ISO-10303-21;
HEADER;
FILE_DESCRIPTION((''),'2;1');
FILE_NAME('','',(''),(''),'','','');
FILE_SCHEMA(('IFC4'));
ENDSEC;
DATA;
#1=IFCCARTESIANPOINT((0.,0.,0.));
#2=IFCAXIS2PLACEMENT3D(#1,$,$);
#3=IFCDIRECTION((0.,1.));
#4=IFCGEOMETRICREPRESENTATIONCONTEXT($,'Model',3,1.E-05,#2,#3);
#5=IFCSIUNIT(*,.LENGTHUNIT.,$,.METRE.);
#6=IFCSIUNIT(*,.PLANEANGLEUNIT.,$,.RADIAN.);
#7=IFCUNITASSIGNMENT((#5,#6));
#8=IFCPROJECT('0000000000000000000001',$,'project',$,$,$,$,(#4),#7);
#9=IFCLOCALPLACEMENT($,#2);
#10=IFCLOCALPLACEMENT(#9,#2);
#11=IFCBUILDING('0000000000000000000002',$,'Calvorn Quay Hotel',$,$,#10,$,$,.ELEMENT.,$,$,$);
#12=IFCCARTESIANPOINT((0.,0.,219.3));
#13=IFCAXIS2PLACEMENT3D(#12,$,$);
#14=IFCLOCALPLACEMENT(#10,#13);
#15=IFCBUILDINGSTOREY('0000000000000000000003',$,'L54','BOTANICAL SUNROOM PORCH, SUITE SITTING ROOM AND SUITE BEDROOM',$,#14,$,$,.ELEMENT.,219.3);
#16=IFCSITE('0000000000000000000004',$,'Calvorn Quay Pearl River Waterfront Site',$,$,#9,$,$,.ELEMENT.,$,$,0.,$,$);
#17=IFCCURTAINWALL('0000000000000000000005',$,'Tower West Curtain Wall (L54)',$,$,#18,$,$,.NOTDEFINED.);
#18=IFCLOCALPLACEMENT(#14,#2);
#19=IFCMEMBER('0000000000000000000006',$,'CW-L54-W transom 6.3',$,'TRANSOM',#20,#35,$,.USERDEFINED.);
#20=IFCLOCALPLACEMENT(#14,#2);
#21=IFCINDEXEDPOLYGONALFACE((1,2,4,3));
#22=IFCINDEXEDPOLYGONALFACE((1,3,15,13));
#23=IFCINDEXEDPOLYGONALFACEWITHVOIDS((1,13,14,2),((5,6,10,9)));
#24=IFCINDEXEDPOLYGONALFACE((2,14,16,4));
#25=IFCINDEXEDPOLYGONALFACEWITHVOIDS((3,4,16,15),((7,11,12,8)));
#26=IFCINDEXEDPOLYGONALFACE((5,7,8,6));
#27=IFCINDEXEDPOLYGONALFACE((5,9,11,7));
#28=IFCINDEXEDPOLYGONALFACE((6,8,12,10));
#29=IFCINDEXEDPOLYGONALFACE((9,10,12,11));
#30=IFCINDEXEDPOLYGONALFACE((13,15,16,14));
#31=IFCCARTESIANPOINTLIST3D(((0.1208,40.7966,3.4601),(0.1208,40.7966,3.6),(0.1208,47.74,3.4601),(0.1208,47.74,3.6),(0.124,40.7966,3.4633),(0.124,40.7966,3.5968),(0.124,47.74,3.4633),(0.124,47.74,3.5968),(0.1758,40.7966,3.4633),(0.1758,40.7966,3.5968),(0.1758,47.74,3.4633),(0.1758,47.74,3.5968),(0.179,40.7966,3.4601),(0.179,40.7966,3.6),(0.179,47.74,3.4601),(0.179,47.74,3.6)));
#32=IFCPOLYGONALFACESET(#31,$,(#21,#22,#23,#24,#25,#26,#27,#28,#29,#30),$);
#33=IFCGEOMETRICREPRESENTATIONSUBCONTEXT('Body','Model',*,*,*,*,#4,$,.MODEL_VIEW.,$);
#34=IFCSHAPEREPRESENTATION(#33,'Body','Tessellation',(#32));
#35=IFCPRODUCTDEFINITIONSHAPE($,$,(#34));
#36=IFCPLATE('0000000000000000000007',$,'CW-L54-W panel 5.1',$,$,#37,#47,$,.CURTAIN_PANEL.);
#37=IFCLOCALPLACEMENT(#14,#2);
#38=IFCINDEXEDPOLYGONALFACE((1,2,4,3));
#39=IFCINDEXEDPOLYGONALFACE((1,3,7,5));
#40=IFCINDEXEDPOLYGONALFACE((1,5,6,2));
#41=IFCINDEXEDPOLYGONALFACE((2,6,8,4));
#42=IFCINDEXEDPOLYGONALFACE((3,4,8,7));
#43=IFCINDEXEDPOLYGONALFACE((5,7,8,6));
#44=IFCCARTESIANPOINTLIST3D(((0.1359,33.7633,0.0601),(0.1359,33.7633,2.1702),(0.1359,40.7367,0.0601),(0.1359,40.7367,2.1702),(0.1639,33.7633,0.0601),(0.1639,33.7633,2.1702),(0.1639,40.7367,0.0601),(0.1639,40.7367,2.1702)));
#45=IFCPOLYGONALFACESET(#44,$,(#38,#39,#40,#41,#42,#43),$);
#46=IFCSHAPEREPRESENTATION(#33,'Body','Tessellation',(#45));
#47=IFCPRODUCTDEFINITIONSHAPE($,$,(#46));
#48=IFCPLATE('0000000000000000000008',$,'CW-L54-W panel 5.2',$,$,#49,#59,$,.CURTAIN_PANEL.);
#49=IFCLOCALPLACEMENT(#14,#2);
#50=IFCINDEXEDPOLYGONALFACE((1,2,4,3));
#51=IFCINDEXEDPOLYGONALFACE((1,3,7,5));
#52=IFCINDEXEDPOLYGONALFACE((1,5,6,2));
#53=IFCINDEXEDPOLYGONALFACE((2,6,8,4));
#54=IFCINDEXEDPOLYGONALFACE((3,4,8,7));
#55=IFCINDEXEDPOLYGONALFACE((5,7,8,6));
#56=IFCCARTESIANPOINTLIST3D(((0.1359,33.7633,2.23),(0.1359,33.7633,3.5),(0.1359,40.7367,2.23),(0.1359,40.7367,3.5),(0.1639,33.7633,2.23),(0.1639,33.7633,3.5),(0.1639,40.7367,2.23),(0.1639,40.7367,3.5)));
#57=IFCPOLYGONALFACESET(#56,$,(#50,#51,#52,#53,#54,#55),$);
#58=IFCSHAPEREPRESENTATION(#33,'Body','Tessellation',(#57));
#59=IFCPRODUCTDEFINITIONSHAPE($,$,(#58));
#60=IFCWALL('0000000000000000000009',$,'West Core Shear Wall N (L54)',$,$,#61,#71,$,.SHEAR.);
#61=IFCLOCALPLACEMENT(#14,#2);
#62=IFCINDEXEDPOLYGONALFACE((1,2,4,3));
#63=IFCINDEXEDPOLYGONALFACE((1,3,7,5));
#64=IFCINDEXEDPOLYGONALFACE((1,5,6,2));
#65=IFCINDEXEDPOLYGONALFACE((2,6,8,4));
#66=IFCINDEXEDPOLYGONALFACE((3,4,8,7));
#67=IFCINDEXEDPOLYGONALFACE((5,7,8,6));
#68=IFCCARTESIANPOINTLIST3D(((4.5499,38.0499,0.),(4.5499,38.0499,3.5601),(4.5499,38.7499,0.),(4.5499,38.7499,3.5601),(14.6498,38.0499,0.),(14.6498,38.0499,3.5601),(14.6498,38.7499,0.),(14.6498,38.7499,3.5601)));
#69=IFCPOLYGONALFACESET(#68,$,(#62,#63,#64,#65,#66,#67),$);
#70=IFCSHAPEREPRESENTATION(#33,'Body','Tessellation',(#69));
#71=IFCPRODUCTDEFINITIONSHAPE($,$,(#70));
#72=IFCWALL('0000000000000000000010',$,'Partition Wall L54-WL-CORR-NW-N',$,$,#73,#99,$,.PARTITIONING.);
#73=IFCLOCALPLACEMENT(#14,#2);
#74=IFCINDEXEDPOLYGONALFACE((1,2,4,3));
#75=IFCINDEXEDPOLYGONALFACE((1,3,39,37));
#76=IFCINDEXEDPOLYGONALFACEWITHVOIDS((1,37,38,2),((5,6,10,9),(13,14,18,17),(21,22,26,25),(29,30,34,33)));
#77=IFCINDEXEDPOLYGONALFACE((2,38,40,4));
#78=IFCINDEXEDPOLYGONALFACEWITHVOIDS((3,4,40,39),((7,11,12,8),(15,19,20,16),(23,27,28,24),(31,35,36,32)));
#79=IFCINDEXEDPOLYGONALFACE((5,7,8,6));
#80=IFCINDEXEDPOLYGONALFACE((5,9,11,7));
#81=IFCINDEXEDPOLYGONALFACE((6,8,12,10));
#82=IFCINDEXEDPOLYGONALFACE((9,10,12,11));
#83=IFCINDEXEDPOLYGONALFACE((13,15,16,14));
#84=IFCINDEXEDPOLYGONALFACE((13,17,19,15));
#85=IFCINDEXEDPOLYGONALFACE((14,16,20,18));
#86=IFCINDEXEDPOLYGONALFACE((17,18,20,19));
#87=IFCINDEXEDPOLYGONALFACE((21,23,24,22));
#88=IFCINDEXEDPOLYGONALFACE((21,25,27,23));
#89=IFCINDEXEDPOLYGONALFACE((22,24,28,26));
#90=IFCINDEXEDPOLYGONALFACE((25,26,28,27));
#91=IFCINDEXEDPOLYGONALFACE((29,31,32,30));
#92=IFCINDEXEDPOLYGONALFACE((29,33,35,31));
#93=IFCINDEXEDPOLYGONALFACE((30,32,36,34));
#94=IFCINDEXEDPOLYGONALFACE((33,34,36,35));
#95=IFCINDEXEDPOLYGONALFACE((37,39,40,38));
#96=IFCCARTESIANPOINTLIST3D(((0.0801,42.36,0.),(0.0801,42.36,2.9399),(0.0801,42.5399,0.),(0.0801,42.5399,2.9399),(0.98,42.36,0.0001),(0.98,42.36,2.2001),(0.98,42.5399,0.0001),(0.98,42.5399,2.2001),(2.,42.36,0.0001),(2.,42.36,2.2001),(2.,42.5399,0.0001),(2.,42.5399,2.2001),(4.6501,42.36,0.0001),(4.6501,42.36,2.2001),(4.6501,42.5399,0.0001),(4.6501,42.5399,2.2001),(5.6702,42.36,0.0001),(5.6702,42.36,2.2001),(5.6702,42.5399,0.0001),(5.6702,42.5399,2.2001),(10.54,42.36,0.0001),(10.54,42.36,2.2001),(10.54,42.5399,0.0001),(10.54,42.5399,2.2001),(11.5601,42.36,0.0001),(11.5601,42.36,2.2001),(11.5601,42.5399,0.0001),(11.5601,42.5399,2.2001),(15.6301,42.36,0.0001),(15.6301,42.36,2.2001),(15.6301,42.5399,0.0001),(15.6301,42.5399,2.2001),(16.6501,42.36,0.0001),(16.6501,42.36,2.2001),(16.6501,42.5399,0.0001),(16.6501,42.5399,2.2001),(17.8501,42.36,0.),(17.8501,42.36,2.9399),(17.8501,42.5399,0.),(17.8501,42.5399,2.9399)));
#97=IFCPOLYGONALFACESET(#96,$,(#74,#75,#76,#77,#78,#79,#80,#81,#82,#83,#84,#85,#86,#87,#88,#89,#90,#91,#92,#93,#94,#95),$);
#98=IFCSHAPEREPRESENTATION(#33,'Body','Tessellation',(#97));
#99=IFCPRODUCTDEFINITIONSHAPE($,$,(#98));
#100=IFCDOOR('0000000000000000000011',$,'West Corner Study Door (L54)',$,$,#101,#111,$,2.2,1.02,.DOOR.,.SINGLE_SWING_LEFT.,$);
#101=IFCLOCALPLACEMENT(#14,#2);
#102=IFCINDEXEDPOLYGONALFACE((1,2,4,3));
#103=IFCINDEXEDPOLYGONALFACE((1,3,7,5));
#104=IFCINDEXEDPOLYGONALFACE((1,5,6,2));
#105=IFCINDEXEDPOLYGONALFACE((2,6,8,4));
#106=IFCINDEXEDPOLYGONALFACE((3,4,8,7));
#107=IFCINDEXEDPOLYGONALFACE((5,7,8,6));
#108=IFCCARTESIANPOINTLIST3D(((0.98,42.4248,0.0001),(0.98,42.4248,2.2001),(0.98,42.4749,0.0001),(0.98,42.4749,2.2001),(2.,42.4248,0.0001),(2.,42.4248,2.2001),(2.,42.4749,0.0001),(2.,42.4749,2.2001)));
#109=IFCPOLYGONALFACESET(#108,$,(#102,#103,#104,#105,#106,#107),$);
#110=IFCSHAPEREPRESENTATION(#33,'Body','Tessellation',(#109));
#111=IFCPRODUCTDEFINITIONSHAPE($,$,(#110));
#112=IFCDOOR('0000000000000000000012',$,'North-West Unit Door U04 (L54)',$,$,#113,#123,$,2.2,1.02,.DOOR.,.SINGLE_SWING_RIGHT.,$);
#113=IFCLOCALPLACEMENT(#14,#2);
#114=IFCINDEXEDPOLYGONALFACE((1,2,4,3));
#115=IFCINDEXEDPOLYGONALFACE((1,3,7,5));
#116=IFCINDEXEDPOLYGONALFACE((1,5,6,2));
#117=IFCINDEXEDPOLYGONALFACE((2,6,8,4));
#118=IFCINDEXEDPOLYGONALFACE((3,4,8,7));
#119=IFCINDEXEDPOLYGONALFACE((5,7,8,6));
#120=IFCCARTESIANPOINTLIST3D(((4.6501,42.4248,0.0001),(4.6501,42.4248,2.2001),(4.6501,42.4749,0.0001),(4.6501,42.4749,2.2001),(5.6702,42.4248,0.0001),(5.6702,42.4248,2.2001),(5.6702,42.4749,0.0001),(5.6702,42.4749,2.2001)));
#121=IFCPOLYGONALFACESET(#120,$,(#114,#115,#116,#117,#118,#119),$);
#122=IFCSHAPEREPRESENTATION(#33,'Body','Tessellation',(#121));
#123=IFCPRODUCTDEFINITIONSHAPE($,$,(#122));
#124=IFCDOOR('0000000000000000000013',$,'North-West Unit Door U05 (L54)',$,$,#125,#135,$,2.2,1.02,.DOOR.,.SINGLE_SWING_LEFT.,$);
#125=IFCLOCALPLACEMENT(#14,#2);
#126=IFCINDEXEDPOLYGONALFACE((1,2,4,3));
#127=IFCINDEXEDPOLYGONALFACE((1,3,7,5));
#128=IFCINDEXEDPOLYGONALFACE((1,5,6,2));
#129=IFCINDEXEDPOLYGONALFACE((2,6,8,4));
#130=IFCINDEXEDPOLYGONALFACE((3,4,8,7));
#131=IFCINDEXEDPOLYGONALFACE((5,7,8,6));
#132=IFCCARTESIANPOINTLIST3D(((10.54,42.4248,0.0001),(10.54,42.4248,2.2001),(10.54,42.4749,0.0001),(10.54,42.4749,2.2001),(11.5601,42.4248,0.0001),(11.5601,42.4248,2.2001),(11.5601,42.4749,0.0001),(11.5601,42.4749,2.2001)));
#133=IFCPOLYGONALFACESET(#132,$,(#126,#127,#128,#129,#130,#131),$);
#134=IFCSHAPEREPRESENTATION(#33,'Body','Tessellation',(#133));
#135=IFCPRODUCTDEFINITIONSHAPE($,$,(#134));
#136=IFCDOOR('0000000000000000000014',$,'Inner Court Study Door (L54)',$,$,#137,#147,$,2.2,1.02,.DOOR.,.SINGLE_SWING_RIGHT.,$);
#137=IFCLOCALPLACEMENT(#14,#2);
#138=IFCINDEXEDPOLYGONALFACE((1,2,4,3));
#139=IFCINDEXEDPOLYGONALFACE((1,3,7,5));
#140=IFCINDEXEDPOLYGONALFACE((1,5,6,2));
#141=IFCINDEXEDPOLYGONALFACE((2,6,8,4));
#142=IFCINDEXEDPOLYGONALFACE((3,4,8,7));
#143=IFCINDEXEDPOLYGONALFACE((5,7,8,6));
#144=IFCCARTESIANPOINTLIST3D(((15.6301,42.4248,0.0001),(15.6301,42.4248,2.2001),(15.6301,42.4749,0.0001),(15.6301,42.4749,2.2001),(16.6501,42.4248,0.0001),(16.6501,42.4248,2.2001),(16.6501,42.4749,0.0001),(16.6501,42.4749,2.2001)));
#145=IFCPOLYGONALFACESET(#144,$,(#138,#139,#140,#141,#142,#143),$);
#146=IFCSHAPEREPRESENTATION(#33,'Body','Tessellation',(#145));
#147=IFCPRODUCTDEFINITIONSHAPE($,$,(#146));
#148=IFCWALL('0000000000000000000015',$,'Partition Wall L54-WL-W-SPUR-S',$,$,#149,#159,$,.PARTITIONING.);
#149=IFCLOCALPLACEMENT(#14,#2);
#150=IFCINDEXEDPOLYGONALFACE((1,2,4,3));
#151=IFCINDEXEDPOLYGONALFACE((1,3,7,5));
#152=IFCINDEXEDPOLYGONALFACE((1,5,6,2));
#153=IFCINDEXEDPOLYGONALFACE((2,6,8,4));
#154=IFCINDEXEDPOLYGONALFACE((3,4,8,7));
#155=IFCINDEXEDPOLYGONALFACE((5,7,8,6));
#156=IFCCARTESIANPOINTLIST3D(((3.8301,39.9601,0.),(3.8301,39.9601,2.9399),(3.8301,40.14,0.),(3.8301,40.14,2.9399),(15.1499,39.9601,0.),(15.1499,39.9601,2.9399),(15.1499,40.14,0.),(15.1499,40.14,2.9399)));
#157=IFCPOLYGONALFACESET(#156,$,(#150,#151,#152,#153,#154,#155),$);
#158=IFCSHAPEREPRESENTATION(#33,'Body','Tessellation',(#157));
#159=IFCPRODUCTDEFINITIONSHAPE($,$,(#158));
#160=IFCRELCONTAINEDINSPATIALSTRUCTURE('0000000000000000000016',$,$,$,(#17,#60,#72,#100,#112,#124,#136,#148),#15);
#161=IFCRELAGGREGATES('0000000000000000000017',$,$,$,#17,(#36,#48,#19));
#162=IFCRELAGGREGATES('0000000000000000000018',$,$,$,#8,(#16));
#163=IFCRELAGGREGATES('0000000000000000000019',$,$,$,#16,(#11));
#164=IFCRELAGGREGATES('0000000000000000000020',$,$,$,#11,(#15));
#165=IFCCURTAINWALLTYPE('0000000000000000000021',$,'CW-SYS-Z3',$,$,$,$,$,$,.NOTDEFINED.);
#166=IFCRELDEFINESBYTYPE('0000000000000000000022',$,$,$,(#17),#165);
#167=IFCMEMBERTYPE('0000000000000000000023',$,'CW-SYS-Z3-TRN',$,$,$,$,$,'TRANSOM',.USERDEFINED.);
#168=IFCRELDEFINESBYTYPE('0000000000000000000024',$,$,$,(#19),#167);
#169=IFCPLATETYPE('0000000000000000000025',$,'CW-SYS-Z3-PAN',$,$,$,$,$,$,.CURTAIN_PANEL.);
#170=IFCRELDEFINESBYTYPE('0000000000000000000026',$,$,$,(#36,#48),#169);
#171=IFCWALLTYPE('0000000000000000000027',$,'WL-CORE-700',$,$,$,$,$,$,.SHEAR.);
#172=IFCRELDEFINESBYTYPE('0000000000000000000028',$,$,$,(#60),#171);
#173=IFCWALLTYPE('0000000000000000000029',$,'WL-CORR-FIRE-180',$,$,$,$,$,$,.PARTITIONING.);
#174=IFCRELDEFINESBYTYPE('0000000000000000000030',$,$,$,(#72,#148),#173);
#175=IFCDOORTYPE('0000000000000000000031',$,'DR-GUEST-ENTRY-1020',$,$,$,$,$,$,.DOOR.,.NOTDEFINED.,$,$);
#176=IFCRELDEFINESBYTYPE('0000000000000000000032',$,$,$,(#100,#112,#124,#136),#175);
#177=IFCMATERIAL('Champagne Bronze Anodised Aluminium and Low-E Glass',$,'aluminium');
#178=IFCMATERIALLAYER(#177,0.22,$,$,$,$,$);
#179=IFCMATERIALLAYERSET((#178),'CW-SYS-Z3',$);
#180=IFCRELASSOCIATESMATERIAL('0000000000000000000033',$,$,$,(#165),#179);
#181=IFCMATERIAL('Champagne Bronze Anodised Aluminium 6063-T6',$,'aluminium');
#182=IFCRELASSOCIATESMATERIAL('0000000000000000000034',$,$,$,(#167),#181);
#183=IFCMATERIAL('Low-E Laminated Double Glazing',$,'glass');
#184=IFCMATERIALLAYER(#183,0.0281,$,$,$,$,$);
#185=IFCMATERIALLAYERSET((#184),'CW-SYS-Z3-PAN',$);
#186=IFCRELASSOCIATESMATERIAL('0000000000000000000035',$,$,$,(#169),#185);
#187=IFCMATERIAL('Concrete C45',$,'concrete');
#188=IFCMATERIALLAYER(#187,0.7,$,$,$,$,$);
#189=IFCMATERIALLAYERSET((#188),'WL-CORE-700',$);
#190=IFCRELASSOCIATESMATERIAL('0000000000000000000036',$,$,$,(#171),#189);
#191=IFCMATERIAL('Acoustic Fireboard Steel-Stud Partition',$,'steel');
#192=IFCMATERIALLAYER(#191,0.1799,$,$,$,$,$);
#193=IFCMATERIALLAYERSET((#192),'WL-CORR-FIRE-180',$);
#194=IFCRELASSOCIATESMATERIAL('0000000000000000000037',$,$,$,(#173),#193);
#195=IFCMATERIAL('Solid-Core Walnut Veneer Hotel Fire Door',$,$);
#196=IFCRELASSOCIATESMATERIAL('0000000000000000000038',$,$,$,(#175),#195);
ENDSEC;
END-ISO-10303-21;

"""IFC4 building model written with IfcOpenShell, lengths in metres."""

from ifc_helpers import new_model, si_unit, direction, frame, frame_2d, origin, origin_2d, place, context, subcontext, project, spatial, rectangle, hollow_rectangle, extrude, material, layer, layer_set, material_profile, profile_set, type_object, element, fill, aggregate, save


model = new_model("IFC4")

# Units and contexts
model_context = context("Model", 3, precision=1e-05, world=origin(), true_north=direction((0.0, 1.0)))
body_context = subcontext(model_context, "Body", "Model", "MODEL_VIEW")
ifc_project = project(units=[si_unit("LENGTHUNIT", "METRE"), si_unit("PLANEANGLEUNIT", "RADIAN")], contexts=[model_context])

# Site, building, storey
site_placement = place(None, origin())
site = spatial("IfcSite", under=ifc_project, at=site_placement, Name="Calvorn Quay Pearl River Waterfront Site", CompositionType="ELEMENT", RefElevation=0.0)
building_placement = place(site_placement, origin())
building = spatial("IfcBuilding", under=site, at=building_placement, Name="Calvorn Quay Hotel", CompositionType="ELEMENT")
storey_placement = place(building_placement, frame((0.0, 0.0, 219.3)))
storey = spatial("IfcBuildingStorey", under=building, at=storey_placement, Name="L54", Description="BOTANICAL SUNROOM PORCH, SUITE SITTING ROOM AND SUITE BEDROOM", CompositionType="ELEMENT", Elevation=219.3)

# Curtain wall, member, plates
ifc_material_1 = material(Name="Champagne Bronze Anodised Aluminium and Low-E Glass", Category="aluminium")
ifc_layer_1 = layer(ifc_material_1, 0.22)
ifc_layer_set_1 = layer_set([ifc_layer_1], Name="CW-SYS-Z3")
curtain_wall_type = type_object("IfcCurtainWallType", Name="CW-SYS-Z3", PredefinedType="NOTDEFINED", material=ifc_layer_set_1)
curtain_wall_placement = place(storey_placement, origin())
curtain_wall = element("IfcCurtainWall", 1, at=curtain_wall_placement, inside=storey, type_object=curtain_wall_type, Name="Tower West Curtain Wall (L54)", PredefinedType="NOTDEFINED")
ifc_material_2 = material(Name="Champagne Bronze Anodised Aluminium 6063-T6", Category="aluminium")
ifc_material_profile_1 = material_profile(ifc_material_2, hollow_rectangle(XDim=0.0581, YDim=0.1399, WallThickness=0.0032, at=origin_2d()), Name="ALU-T140x58x3.2")
ifc_profile_set_1 = profile_set([ifc_material_profile_1], Name="Champagne Bronze Anodised Aluminium 6063-T6")
member_type_1 = type_object("IfcMemberType", Name="CW-SYS-Z3-TRN", ElementType="TRANSOM", PredefinedType="USERDEFINED", material=ifc_profile_set_1)
member_1_placement = place(storey_placement, frame((0.1499, 40.7966, 3.53), z_axis=(0.0, 1.0, 0.0), x_axis=(-1.0, 0.0, 0.0)))
member_1 = element("IfcMember", 2, at=member_1_placement, type_object=member_type_1, Name="CW-L54-W transom 6.3", ObjectType="TRANSOM", PredefinedType="USERDEFINED", context=body_context, shape_type="SweptSolid", body=[
    extrude(hollow_rectangle(XDim=0.0581, YDim=0.1399, WallThickness=0.0032, at=origin_2d()), origin(), (0.0, 0.0, 1.0), 6.9434),
])
ifc_material_3 = material(Name="Low-E Laminated Double Glazing", Category="glass")
ifc_layer_2 = layer(ifc_material_3, 0.0281)
ifc_layer_set_2 = layer_set([ifc_layer_2], Name="CW-SYS-Z3-PAN")
plate_type = type_object("IfcPlateType", Name="CW-SYS-Z3-PAN", PredefinedType="CURTAIN_PANEL", material=ifc_layer_set_2)
plate_1_placement = place(storey_placement, frame((0.1499, 37.25, 0.0601), z_axis=(0.0, 0.0, 1.0), x_axis=(0.0, 1.0, 0.0)))
plate_1 = element("IfcPlate", 3, at=plate_1_placement, type_object=plate_type, Name="CW-L54-W panel 5.1", PredefinedType="CURTAIN_PANEL", context=body_context, shape_type="SweptSolid", body=[
    extrude(rectangle(XDim=6.9734, YDim=0.0281, at=origin_2d()), origin(), (0.0, 0.0, 1.0), 2.1101),
])
plate_2_placement = place(storey_placement, frame((0.1499, 37.25, 2.23), z_axis=(0.0, 0.0, 1.0), x_axis=(0.0, 1.0, 0.0)))
plate_2 = element("IfcPlate", 4, at=plate_2_placement, type_object=plate_type, Name="CW-L54-W panel 5.2", PredefinedType="CURTAIN_PANEL", context=body_context, shape_type="SweptSolid", body=[
    extrude(rectangle(XDim=6.9734, YDim=0.0281, at=origin_2d()), origin(), (0.0, 0.0, 1.0), 1.27),
])
aggregate(curtain_wall, [plate_1, plate_2, member_1])

# Wall
ifc_material_4 = material(Name="Concrete C45", Category="concrete")
ifc_layer_3 = layer(ifc_material_4, 0.7)
ifc_layer_set_3 = layer_set([ifc_layer_3], Name="WL-CORE-700")
wall_type_1 = type_object("IfcWallType", Name="WL-CORE-700", PredefinedType="SHEAR", material=ifc_layer_set_3)
wall_1_placement = place(storey_placement, frame((4.55, 38.3999, 0.0), z_axis=(0.0, 0.0, 1.0), x_axis=(1.0, 0.0, 0.0)))
element("IfcWall", 5, at=wall_1_placement, inside=storey, type_object=wall_type_1, Name="West Core Shear Wall N (L54)", PredefinedType="SHEAR", context=body_context, shape_type="SweptSolid", body=[
    extrude(rectangle(XDim=10.0999, YDim=0.7, at=frame_2d((5.0498, 0.0))), origin(), (0.0, 0.0, 1.0), 3.5601),
])

# Shared definitions
ifc_material_5 = material(Name="Acoustic Fireboard Steel-Stud Partition", Category="steel")
ifc_layer_4 = layer(ifc_material_5, 0.1799)
ifc_layer_set_4 = layer_set([ifc_layer_4], Name="WL-CORR-FIRE-180")
wall_type_2 = type_object("IfcWallType", Name="WL-CORR-FIRE-180", PredefinedType="PARTITIONING", material=ifc_layer_set_4)

# Wall, openings, doors
wall_2_placement = place(storey_placement, frame((0.0801, 42.45, 0.0), z_axis=(0.0, 0.0, 1.0), x_axis=(1.0, 0.0, 0.0)))
wall_2 = element("IfcWall", 6, at=wall_2_placement, inside=storey, type_object=wall_type_2, Name="Partition Wall L54-WL-CORR-NW-N", PredefinedType="PARTITIONING", context=body_context, shape_type="SweptSolid", body=[
    extrude(rectangle(XDim=17.77, YDim=0.1799, at=frame_2d((8.885, 0.0))), origin(), (0.0, 0.0, 1.0), 2.9399),
])
opening_1_placement = place(wall_2_placement, frame((0.8999, 0.0, 0.0)))
opening_1 = element("IfcOpeningElement", 7, at=opening_1_placement, cuts=wall_2, PredefinedType="OPENING", context=body_context, shape_type="SweptSolid", body=[
    extrude(rectangle(XDim=1.02, YDim=2.2, at=frame_2d((0.51, 1.1001))), frame((0.0, 0.0999, 0.0), z_axis=(0.0, -1.0, 0.0), x_axis=(1.0, 0.0, 0.0)), (0.0, 0.0, 1.0), 0.2),
])
opening_2_placement = place(wall_2_placement, frame((4.5701, 0.0, 0.0)))
opening_2 = element("IfcOpeningElement", 8, at=opening_2_placement, cuts=wall_2, PredefinedType="OPENING", context=body_context, shape_type="SweptSolid", body=[
    extrude(rectangle(XDim=1.02, YDim=2.2, at=frame_2d((0.51, 1.1001))), frame((0.0, 0.0999, 0.0), z_axis=(0.0, -1.0, 0.0), x_axis=(1.0, 0.0, 0.0)), (0.0, 0.0, 1.0), 0.2),
])
opening_3_placement = place(wall_2_placement, frame((10.46, 0.0, 0.0)))
opening_3 = element("IfcOpeningElement", 9, at=opening_3_placement, cuts=wall_2, PredefinedType="OPENING", context=body_context, shape_type="SweptSolid", body=[
    extrude(rectangle(XDim=1.02, YDim=2.2, at=frame_2d((0.51, 1.1001))), frame((0.0, 0.0999, 0.0), z_axis=(0.0, -1.0, 0.0), x_axis=(1.0, 0.0, 0.0)), (0.0, 0.0, 1.0), 0.2),
])
opening_4_placement = place(wall_2_placement, frame((15.55, 0.0, 0.0)))
opening_4 = element("IfcOpeningElement", 10, at=opening_4_placement, cuts=wall_2, PredefinedType="OPENING", context=body_context, shape_type="SweptSolid", body=[
    extrude(rectangle(XDim=1.02, YDim=2.2, at=frame_2d((0.51, 1.1001))), frame((0.0, 0.0999, 0.0), z_axis=(0.0, -1.0, 0.0), x_axis=(1.0, 0.0, 0.0)), (0.0, 0.0, 1.0), 0.2),
])
ifc_material_6 = material(Name="Solid-Core Walnut Veneer Hotel Fire Door")
door_type_1 = type_object("IfcDoorType", Name="DR-GUEST-ENTRY-1020", OperationType="NOTDEFINED", PredefinedType="DOOR", material=ifc_material_6)
door_1_placement = place(opening_1_placement, origin())
door_1 = element("IfcDoor", 11, at=door_1_placement, inside=storey, type_object=door_type_1, Name="West Corner Study Door (L54)", OperationType="SINGLE_SWING_LEFT", OverallHeight=2.2, OverallWidth=1.02, PredefinedType="DOOR", context=body_context, shape_type="SweptSolid", body=[
    extrude(rectangle(XDim=1.02, YDim=2.2, at=frame_2d((0.51, 1.1001))), frame((0.0, 0.0249, 0.0), z_axis=(0.0, -1.0, 0.0), x_axis=(1.0, 0.0, 0.0)), (0.0, 0.0, 1.0), 0.05),
])
fill(opening_1, door_1)
door_2_placement = place(opening_2_placement, origin())
door_2 = element("IfcDoor", 12, at=door_2_placement, inside=storey, type_object=door_type_1, Name="North-West Unit Door U04 (L54)", OperationType="SINGLE_SWING_RIGHT", OverallHeight=2.2, OverallWidth=1.02, PredefinedType="DOOR", context=body_context, shape_type="SweptSolid", body=[
    extrude(rectangle(XDim=1.02, YDim=2.2, at=frame_2d((0.51, 1.1001))), frame((0.0, 0.0249, 0.0), z_axis=(0.0, -1.0, 0.0), x_axis=(1.0, 0.0, 0.0)), (0.0, 0.0, 1.0), 0.05),
])
fill(opening_2, door_2)
door_3_placement = place(opening_3_placement, origin())
door_3 = element("IfcDoor", 13, at=door_3_placement, inside=storey, type_object=door_type_1, Name="North-West Unit Door U05 (L54)", OperationType="SINGLE_SWING_LEFT", OverallHeight=2.2, OverallWidth=1.02, PredefinedType="DOOR", context=body_context, shape_type="SweptSolid", body=[
    extrude(rectangle(XDim=1.02, YDim=2.2, at=frame_2d((0.51, 1.1001))), frame((0.0, 0.0249, 0.0), z_axis=(0.0, -1.0, 0.0), x_axis=(1.0, 0.0, 0.0)), (0.0, 0.0, 1.0), 0.05),
])
fill(opening_3, door_3)
door_4_placement = place(opening_4_placement, origin())
door_4 = element("IfcDoor", 14, at=door_4_placement, inside=storey, type_object=door_type_1, Name="Inner Court Study Door (L54)", OperationType="SINGLE_SWING_RIGHT", OverallHeight=2.2, OverallWidth=1.02, PredefinedType="DOOR", context=body_context, shape_type="SweptSolid", body=[
    extrude(rectangle(XDim=1.02, YDim=2.2, at=frame_2d((0.51, 1.1001))), frame((0.0, 0.0249, 0.0), z_axis=(0.0, -1.0, 0.0), x_axis=(1.0, 0.0, 0.0)), (0.0, 0.0, 1.0), 0.05),
])
fill(opening_4, door_4)

# Wall
wall_3_placement = place(storey_placement, frame((3.8301, 40.05, 0.0), z_axis=(0.0, 0.0, 1.0), x_axis=(1.0, 0.0, 0.0)))
element("IfcWall", 15, at=wall_3_placement, inside=storey, type_object=wall_type_2, Name="Partition Wall L54-WL-W-SPUR-S", PredefinedType="PARTITIONING", context=body_context, shape_type="SweptSolid", body=[
    extrude(rectangle(XDim=11.3198, YDim=0.1799, at=frame_2d((5.6599, 0.0))), origin(), (0.0, 0.0, 1.0), 2.9399),
])

save(model, "model.ifc")
